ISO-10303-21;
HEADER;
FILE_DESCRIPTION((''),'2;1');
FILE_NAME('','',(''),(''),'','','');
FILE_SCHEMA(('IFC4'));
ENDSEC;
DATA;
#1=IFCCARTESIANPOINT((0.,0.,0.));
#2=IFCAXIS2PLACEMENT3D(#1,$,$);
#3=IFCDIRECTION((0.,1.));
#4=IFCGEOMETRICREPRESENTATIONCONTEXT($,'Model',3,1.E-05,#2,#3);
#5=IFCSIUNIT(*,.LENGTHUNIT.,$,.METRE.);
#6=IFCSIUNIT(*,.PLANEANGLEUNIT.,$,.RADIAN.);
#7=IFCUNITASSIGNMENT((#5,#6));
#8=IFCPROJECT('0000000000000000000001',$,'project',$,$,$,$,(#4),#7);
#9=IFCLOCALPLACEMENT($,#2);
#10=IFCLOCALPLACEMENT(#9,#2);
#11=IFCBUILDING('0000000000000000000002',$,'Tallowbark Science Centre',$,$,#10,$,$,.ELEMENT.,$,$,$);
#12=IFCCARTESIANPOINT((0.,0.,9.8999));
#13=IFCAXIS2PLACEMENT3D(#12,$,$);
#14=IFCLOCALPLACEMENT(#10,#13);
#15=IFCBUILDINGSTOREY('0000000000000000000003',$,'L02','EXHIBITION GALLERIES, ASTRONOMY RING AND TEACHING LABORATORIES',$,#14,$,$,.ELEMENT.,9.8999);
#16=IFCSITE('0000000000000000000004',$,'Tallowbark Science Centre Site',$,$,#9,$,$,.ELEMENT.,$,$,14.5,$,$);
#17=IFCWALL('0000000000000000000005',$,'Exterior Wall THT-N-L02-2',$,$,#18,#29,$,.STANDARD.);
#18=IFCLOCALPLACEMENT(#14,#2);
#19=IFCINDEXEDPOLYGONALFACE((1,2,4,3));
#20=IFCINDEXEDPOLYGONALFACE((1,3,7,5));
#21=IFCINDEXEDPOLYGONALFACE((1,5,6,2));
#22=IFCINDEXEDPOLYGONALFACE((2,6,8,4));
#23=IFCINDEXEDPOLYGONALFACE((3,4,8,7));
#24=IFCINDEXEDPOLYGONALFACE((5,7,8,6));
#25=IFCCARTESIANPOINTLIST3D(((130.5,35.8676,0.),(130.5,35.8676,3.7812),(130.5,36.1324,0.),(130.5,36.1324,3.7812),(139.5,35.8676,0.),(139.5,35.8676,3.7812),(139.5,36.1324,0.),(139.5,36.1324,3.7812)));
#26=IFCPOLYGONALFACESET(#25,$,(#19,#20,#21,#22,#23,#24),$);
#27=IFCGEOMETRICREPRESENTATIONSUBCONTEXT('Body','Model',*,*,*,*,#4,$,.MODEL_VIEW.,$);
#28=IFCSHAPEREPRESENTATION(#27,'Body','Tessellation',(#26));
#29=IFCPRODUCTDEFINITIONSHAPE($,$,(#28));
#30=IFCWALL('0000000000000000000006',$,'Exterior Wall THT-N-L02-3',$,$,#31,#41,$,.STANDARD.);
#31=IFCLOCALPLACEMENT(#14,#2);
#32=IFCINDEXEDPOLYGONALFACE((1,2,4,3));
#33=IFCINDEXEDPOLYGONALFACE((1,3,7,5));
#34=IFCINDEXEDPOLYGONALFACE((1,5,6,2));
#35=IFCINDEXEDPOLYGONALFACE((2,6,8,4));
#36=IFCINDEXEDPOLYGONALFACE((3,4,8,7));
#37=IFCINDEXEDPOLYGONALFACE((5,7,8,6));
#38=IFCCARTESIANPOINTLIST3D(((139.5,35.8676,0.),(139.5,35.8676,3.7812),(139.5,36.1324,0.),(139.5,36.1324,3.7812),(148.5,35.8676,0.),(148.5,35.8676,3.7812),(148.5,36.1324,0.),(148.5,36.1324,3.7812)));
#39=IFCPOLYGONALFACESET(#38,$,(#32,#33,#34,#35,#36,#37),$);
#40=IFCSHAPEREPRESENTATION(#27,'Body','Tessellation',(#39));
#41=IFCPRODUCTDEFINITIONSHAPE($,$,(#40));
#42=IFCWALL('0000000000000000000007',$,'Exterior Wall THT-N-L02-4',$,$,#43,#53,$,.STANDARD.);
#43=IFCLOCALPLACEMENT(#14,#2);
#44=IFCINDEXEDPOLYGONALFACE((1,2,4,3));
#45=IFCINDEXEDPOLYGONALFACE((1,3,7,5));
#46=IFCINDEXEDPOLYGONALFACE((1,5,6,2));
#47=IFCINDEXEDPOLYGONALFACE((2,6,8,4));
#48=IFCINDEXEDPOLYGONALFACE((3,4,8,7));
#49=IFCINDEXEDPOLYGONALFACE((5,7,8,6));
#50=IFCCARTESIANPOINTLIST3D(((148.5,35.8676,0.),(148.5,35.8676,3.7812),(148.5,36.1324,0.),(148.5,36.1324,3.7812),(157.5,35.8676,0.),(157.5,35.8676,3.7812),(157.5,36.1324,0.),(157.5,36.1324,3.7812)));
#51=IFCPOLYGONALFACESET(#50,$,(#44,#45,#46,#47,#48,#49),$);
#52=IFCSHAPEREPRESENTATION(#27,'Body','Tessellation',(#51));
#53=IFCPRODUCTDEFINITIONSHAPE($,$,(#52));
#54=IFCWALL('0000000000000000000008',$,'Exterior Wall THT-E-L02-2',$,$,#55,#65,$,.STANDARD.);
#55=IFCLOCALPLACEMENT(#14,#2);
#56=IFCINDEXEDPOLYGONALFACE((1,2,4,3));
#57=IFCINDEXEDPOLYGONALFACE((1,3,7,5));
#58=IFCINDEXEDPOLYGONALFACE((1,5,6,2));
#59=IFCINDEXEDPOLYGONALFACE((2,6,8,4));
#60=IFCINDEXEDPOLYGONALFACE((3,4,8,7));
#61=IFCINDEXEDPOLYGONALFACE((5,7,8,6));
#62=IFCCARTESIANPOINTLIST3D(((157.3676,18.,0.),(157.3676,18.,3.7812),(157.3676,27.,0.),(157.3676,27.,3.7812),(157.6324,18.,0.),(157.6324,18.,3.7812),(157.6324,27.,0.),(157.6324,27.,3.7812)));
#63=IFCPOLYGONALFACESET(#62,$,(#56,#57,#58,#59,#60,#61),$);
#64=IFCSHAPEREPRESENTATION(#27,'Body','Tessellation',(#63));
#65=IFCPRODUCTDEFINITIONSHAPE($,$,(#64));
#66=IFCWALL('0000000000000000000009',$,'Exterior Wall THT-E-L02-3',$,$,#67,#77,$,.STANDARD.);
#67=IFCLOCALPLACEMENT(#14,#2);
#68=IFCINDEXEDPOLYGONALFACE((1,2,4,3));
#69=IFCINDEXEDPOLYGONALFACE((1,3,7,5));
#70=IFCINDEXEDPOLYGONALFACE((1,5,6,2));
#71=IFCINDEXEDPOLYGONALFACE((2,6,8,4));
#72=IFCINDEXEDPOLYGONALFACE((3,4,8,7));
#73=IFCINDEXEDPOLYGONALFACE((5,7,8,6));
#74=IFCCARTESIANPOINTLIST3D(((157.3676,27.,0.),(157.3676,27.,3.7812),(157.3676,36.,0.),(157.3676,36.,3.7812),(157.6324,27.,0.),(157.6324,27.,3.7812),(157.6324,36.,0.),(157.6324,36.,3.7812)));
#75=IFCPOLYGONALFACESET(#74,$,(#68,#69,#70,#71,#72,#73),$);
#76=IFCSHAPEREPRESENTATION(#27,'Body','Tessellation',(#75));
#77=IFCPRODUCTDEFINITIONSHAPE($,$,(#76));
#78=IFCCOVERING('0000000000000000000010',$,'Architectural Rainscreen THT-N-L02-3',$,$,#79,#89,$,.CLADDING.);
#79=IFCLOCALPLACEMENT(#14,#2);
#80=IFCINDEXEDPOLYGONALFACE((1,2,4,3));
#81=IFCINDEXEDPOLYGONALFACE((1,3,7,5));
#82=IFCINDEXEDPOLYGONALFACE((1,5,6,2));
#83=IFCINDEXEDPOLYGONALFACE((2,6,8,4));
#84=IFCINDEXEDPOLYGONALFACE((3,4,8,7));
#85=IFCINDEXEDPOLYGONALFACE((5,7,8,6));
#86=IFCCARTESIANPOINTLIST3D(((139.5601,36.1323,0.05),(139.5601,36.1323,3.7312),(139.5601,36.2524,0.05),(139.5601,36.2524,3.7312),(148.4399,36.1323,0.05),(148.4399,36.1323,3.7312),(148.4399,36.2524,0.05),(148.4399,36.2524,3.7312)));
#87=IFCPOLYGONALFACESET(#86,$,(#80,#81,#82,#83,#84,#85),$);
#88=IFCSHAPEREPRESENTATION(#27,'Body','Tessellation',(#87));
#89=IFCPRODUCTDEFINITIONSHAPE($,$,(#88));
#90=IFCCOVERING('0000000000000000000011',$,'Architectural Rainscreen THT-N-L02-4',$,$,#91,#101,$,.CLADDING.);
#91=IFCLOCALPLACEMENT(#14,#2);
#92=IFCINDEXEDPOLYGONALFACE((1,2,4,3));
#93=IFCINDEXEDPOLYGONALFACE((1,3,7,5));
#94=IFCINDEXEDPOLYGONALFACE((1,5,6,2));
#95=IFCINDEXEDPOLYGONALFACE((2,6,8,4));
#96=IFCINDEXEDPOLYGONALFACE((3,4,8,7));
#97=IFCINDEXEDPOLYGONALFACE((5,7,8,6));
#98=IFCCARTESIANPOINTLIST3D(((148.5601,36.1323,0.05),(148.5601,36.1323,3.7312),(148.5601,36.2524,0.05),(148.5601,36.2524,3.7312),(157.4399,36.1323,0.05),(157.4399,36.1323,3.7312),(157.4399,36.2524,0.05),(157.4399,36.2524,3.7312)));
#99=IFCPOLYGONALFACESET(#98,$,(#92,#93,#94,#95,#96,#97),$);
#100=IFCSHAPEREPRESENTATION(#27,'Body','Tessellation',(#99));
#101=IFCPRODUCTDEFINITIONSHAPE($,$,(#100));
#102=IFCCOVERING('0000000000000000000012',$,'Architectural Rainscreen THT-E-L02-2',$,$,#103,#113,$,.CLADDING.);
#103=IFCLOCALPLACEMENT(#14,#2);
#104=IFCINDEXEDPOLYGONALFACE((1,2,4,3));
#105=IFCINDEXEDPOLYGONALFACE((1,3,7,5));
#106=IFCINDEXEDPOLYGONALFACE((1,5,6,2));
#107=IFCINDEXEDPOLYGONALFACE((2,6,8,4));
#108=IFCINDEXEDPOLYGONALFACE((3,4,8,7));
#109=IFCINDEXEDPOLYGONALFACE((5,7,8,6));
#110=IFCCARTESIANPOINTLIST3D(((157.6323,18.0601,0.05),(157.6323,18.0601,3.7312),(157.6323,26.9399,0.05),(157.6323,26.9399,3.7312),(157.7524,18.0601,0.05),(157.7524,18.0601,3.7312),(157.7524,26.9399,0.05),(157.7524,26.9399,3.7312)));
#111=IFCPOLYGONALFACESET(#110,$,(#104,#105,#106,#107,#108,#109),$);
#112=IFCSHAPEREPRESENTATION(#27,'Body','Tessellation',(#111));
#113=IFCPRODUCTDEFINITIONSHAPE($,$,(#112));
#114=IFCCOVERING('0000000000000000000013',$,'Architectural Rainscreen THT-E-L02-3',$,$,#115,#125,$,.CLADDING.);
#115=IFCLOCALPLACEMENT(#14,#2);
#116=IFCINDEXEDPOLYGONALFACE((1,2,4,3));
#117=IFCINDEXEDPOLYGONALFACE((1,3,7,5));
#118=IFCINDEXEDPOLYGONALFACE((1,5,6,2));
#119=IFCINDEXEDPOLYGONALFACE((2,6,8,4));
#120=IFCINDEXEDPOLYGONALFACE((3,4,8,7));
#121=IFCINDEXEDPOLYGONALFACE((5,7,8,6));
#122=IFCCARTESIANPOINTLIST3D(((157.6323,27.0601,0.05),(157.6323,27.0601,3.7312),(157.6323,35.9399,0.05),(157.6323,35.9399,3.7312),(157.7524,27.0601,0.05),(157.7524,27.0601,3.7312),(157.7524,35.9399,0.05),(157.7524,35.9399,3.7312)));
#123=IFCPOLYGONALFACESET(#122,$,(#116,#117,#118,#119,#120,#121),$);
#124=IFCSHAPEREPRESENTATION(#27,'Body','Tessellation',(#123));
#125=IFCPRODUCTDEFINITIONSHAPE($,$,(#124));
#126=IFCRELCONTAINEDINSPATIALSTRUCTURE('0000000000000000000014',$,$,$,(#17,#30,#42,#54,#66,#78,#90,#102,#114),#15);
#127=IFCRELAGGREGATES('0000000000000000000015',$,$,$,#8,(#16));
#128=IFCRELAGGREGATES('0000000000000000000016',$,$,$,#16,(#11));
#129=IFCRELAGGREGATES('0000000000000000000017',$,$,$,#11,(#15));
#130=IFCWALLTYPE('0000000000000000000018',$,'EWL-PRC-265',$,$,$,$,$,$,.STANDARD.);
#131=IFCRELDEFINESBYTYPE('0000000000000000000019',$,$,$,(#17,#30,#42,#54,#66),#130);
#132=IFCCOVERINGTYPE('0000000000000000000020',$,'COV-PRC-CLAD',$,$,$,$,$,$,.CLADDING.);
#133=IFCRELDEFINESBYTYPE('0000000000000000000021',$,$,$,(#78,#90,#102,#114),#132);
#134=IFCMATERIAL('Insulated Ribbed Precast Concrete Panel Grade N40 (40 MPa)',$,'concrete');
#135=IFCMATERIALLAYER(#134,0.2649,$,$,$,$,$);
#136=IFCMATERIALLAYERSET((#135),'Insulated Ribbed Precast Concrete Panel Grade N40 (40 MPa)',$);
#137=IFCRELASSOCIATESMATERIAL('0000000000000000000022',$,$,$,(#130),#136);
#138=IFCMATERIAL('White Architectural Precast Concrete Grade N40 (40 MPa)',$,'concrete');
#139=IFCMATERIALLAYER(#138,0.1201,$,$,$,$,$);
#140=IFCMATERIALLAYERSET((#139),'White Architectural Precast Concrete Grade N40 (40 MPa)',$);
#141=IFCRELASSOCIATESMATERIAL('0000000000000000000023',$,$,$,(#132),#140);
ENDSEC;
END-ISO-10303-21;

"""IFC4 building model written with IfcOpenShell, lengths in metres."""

from ifc_helpers import new_model, si_unit, direction, frame, frame_2d, origin, origin_2d, place, context, subcontext, project, spatial, rectangle, extrude, material, layer, layer_set, type_object, element, save


model = new_model("IFC4")

# Units and contexts
model_context = context("Model", 3, precision=1e-05, world=origin(), true_north=direction((0.0, 1.0)))
body_context = subcontext(model_context, "Body", "Model", "MODEL_VIEW")
ifc_project = project(units=[si_unit("LENGTHUNIT", "METRE"), si_unit("PLANEANGLEUNIT", "RADIAN")], contexts=[model_context])

# Site, building, storey
site_placement = place(None, origin())
site = spatial("IfcSite", under=ifc_project, at=site_placement, Name="Tallowbark Science Centre Site", CompositionType="ELEMENT", RefElevation=14.5)
building_placement = place(site_placement, origin())
building = spatial("IfcBuilding", under=site, at=building_placement, Name="Tallowbark Science Centre", CompositionType="ELEMENT")
storey_placement = place(building_placement, frame((0.0, 0.0, 9.8999)))
storey = spatial("IfcBuildingStorey", under=building, at=storey_placement, Name="L02", Description="EXHIBITION GALLERIES, ASTRONOMY RING AND TEACHING LABORATORIES", CompositionType="ELEMENT", Elevation=9.8999)

# Walls
ifc_material_1 = material(Name="Insulated Ribbed Precast Concrete Panel Grade N40 (40 MPa)", Category="concrete")
ifc_layer_1 = layer(ifc_material_1, 0.2649)
ifc_layer_set_1 = layer_set([ifc_layer_1], Name="Insulated Ribbed Precast Concrete Panel Grade N40 (40 MPa)")
wall_type = type_object("IfcWallType", Name="EWL-PRC-265", PredefinedType="STANDARD", material=ifc_layer_set_1)
for number, where, z_axis, x_axis, name in (
    (1, (139.5, 36.0, 0.0), (0.0, 0.0, 1.0), (-1.0, 0.0, 0.0), "Exterior Wall THT-N-L02-2"),
    (2, (148.5, 36.0, 0.0), (0.0, 0.0, 1.0), (-1.0, 0.0, 0.0), "Exterior Wall THT-N-L02-3"),
    (3, (157.5, 36.0, 0.0), (0.0, 0.0, 1.0), (-1.0, 0.0, 0.0), "Exterior Wall THT-N-L02-4"),
    (4, (157.5, 18.0, 0.0), (0.0, 0.0, 1.0), (0.0, 1.0, 0.0), "Exterior Wall THT-E-L02-2"),
    (5, (157.5, 27.0, 0.0), (0.0, 0.0, 1.0), (0.0, 1.0, 0.0), "Exterior Wall THT-E-L02-3"),
):
    element("IfcWall", number, at=place(storey_placement, frame(where, z_axis=z_axis, x_axis=x_axis)), inside=storey, type_object=wall_type, Name=name, PredefinedType="STANDARD", context=body_context, shape_type="SweptSolid", body=[
        extrude(rectangle(XDim=9.0, YDim=0.2649, at=frame_2d((4.5, 0.0))), origin(), (0.0, 0.0, 1.0), 3.7812),
    ])

# Coverings
ifc_material_2 = material(Name="White Architectural Precast Concrete Grade N40 (40 MPa)", Category="concrete")
ifc_layer_2 = layer(ifc_material_2, 0.1201)
ifc_layer_set_2 = layer_set([ifc_layer_2], Name="White Architectural Precast Concrete Grade N40 (40 MPa)")
covering_type = type_object("IfcCoveringType", Name="COV-PRC-CLAD", PredefinedType="CLADDING", material=ifc_layer_set_2)
for number, where, z_axis, x_axis, name in (
    (6, (144.0, 36.1924, 0.05), (0.0, 0.0, 1.0), (-1.0, 0.0, 0.0), "Architectural Rainscreen THT-N-L02-3"),
    (7, (153.0, 36.1924, 0.05), (0.0, 0.0, 1.0), (-1.0, 0.0, 0.0), "Architectural Rainscreen THT-N-L02-4"),
    (8, (157.6924, 22.5, 0.05), (0.0, 0.0, 1.0), (0.0, 1.0, 0.0), "Architectural Rainscreen THT-E-L02-2"),
    (9, (157.6924, 31.5, 0.05), (0.0, 0.0, 1.0), (0.0, 1.0, 0.0), "Architectural Rainscreen THT-E-L02-3"),
):
    element("IfcCovering", number, at=place(storey_placement, frame(where, z_axis=z_axis, x_axis=x_axis)), inside=storey, type_object=covering_type, Name=name, PredefinedType="CLADDING", context=body_context, shape_type="SweptSolid", body=[
        extrude(rectangle(XDim=8.8799, YDim=0.1201, at=origin_2d()), origin(), (0.0, 0.0, 1.0), 3.6812),
    ])

save(model, "model.ifc")
